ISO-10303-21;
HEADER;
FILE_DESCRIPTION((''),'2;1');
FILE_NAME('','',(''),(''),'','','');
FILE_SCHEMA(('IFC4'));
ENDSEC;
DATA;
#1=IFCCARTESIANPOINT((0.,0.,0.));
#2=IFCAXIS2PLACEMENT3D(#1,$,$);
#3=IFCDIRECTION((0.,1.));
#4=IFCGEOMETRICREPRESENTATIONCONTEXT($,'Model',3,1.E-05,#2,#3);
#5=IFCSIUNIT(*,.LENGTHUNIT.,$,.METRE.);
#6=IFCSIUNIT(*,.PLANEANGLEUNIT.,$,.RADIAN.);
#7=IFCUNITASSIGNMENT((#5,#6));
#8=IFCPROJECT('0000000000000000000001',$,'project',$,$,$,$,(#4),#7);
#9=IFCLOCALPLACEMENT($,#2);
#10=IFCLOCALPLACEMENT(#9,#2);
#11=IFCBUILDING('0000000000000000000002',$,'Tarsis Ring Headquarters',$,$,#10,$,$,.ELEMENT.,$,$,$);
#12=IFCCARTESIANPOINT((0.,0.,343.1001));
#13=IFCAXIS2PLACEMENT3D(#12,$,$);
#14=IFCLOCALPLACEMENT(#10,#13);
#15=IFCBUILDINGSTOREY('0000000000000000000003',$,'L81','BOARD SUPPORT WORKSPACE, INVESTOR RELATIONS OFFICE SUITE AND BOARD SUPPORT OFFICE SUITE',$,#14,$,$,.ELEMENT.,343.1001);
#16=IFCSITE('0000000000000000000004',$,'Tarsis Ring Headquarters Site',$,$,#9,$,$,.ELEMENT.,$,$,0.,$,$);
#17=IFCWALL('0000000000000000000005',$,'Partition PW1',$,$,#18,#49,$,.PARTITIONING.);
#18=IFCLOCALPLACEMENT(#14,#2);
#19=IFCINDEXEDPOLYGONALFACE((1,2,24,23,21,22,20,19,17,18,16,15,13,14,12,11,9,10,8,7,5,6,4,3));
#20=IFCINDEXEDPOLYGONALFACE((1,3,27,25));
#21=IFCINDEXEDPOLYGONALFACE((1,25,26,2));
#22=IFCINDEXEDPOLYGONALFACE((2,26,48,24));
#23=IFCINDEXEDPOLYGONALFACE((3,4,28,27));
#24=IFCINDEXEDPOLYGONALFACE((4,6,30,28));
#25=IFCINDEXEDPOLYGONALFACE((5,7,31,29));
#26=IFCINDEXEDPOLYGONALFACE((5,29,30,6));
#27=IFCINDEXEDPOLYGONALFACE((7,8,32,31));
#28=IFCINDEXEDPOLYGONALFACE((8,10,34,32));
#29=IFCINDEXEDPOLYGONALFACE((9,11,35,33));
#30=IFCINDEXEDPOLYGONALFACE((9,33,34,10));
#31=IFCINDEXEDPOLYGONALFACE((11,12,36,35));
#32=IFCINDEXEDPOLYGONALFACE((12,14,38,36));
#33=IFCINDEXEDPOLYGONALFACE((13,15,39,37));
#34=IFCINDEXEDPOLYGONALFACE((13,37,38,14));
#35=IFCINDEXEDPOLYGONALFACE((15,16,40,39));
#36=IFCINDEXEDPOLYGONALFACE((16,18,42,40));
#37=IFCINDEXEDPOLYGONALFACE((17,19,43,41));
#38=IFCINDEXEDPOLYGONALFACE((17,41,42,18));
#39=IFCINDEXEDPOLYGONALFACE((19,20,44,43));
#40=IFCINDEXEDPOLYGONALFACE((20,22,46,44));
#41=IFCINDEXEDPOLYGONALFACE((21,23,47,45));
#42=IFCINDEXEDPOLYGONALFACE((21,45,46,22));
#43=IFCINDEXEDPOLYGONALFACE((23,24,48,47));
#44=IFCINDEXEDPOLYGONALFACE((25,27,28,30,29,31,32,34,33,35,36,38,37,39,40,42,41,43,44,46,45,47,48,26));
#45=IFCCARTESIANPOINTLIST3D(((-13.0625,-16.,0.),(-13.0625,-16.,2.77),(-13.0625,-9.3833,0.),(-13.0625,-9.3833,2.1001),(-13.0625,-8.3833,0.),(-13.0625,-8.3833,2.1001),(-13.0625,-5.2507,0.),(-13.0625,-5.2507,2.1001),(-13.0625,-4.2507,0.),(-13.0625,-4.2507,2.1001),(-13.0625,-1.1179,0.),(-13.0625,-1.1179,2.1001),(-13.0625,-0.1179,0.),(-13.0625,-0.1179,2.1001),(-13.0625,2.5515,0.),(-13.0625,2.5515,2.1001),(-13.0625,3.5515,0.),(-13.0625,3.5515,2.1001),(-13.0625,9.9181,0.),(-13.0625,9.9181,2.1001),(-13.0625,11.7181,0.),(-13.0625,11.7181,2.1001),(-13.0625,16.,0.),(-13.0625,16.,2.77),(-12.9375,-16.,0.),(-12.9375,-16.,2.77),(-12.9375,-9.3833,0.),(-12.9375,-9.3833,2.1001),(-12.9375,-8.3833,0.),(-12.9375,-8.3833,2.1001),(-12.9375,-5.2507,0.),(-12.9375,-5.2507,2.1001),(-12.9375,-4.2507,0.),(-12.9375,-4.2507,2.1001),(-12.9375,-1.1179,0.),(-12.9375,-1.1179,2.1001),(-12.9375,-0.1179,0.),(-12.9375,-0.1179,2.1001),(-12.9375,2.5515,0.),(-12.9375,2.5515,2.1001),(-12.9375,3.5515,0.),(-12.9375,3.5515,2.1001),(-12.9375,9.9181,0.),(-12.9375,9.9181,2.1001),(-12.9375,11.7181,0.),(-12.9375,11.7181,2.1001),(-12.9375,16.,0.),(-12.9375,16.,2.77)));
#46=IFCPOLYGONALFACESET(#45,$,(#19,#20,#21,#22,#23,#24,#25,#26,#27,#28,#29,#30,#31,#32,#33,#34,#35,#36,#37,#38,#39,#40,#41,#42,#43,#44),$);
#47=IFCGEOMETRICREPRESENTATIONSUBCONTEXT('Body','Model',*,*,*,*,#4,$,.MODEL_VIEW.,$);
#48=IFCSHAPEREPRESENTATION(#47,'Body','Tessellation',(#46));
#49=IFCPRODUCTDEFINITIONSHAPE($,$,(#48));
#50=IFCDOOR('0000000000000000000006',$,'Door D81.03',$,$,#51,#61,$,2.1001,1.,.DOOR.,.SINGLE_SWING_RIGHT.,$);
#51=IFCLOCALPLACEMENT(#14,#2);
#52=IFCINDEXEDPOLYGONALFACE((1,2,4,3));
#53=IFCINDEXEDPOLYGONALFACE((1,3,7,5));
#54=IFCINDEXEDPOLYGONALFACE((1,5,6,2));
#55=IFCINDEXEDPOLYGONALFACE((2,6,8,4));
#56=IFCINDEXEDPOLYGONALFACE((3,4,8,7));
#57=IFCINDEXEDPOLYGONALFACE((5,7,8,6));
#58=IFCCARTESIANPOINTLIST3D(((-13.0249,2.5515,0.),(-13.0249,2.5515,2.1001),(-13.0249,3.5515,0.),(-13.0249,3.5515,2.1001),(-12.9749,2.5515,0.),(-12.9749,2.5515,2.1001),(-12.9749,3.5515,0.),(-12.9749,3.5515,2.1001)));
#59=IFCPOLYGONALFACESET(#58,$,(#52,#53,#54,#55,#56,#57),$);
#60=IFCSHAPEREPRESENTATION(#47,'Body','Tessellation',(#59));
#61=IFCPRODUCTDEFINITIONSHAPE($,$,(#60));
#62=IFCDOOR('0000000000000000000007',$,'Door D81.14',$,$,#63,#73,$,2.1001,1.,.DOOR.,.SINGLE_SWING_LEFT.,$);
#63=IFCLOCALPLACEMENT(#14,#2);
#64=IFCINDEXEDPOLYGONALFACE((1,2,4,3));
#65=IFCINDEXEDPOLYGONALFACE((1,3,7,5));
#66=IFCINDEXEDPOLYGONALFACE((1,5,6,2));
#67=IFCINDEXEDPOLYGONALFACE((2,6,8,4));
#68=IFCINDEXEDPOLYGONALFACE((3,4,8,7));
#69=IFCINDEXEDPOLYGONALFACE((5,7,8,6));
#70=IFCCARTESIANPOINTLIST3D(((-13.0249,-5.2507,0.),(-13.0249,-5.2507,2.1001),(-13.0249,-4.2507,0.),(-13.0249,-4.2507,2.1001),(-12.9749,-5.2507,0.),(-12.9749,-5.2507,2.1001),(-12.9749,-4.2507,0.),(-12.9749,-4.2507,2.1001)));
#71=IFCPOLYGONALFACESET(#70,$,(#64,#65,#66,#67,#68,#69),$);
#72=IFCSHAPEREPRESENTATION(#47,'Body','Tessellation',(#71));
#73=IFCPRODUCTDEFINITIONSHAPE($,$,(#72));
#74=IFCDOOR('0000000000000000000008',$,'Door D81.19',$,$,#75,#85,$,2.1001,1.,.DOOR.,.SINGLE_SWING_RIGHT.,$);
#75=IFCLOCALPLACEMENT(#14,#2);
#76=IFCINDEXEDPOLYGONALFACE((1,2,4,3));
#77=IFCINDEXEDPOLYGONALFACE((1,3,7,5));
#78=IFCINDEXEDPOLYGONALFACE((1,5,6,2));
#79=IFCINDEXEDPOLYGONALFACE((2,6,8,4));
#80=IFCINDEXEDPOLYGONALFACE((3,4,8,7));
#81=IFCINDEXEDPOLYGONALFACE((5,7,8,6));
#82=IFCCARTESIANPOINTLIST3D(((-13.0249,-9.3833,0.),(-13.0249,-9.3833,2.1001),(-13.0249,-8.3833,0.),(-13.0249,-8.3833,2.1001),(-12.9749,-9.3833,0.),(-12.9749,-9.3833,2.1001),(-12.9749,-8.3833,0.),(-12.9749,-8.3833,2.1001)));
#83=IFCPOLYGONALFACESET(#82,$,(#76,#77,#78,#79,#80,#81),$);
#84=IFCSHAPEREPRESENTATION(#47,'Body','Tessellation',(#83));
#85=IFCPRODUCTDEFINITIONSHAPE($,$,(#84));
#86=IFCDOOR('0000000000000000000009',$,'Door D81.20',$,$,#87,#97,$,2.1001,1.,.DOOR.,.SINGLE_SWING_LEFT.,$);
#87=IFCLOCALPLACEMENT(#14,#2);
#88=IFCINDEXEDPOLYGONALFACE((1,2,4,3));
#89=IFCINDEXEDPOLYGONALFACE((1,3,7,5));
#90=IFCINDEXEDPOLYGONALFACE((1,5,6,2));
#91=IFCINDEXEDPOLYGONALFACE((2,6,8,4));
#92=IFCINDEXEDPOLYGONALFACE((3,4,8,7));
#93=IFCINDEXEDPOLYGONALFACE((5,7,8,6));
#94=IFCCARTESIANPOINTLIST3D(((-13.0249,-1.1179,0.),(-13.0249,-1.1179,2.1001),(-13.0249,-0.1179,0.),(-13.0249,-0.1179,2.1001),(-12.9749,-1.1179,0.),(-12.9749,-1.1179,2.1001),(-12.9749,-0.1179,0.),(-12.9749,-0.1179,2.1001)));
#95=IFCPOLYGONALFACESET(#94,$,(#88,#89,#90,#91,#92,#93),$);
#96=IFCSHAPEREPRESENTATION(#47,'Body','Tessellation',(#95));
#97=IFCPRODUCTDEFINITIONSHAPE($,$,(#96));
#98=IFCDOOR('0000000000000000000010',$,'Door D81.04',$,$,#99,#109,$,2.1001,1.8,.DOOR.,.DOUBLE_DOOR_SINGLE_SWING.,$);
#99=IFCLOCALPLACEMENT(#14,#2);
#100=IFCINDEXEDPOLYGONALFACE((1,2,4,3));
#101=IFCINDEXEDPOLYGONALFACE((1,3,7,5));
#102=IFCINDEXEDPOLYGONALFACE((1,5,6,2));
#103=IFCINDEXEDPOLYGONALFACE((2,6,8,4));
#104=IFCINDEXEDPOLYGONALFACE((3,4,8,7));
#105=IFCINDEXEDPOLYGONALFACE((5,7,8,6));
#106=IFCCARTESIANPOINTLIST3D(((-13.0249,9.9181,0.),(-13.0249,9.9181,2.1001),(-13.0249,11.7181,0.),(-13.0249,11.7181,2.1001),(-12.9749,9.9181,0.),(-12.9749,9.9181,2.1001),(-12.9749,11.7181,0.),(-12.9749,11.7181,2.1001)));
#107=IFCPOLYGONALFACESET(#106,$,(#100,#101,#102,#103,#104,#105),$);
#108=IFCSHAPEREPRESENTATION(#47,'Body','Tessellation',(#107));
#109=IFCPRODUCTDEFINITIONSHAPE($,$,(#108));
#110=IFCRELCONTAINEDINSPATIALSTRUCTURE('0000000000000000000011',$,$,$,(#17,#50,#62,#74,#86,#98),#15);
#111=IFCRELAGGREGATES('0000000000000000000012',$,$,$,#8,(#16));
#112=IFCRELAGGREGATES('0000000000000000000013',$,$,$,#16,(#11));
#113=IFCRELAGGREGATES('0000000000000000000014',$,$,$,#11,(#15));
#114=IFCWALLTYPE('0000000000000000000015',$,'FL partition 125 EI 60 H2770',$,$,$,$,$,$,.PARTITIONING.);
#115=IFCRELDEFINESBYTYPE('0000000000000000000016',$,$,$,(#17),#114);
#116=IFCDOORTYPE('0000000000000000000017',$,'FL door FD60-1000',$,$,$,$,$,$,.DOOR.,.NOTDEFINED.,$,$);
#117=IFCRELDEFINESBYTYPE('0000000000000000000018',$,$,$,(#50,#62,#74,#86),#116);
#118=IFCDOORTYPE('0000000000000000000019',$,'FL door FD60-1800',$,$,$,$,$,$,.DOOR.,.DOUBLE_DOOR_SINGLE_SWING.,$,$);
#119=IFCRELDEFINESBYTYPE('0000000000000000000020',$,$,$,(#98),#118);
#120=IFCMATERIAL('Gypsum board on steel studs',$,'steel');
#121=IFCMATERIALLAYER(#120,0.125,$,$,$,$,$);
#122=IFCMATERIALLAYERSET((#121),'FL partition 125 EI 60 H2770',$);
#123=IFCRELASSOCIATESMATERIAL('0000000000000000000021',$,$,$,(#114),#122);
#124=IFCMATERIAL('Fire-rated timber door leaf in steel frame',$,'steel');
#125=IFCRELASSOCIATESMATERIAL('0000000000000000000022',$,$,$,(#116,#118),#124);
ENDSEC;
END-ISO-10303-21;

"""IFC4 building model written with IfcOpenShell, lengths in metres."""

from ifc_helpers import new_model, si_unit, direction, frame, frame_2d, origin, place, context, subcontext, project, spatial, rectangle, extrude, material, layer, layer_set, type_object, element, fill, save


model = new_model("IFC4")

# Units and contexts
model_context = context("Model", 3, precision=1e-05, world=origin(), true_north=direction((0.0, 1.0)))
body_context = subcontext(model_context, "Body", "Model", "MODEL_VIEW")
ifc_project = project(units=[si_unit("LENGTHUNIT", "METRE"), si_unit("PLANEANGLEUNIT", "RADIAN")], contexts=[model_context])

# Site, building, storey
site_placement = place(None, origin())
site = spatial("IfcSite", under=ifc_project, at=site_placement, Name="Tarsis Ring Headquarters Site", CompositionType="ELEMENT", RefElevation=0.0)
building_placement = place(site_placement, origin())
building = spatial("IfcBuilding", under=site, at=building_placement, Name="Tarsis Ring Headquarters", CompositionType="ELEMENT")
storey_placement = place(building_placement, frame((0.0, 0.0, 343.1001)))
storey = spatial("IfcBuildingStorey", under=building, at=storey_placement, Name="L81", Description="BOARD SUPPORT WORKSPACE, INVESTOR RELATIONS OFFICE SUITE AND BOARD SUPPORT OFFICE SUITE", CompositionType="ELEMENT", Elevation=343.1001)

# Wall, openings, doors
ifc_material_1 = material(Name="Gypsum board on steel studs", Category="steel")
ifc_layer = layer(ifc_material_1, 0.125)
ifc_layer_set = layer_set([ifc_layer], Name="FL partition 125 EI 60 H2770")
wall_type = type_object("IfcWallType", Name="FL partition 125 EI 60 H2770", PredefinedType="PARTITIONING", material=ifc_layer_set)
wall_1_placement = place(storey_placement, frame((-13.0, -16.0, 0.0), z_axis=(0.0, 0.0, 1.0), x_axis=(0.0, 1.0, 0.0)))
wall_1 = element("IfcWall", 1, at=wall_1_placement, inside=storey, type_object=wall_type, Name="Partition PW1", PredefinedType="PARTITIONING", context=body_context, shape_type="SweptSolid", body=[
    extrude(rectangle(XDim=32.0, YDim=0.125, at=frame_2d((16.0, 0.0))), origin(), (0.0, 0.0, 1.0), 2.77),
])
opening_1_placement = place(wall_1_placement, frame((18.5515, 0.0, 0.0)))
opening_1 = element("IfcOpeningElement", 2, at=opening_1_placement, cuts=wall_1, PredefinedType="OPENING", context=body_context, shape_type="SweptSolid", body=[
    extrude(rectangle(XDim=1.0, YDim=2.1001, at=frame_2d((0.5, 1.05))), frame((0.0, 0.0725, 0.0), z_axis=(0.0, -1.0, 0.0), x_axis=(1.0, 0.0, 0.0)), (0.0, 0.0, 1.0), 0.145),
])
opening_2_placement = place(wall_1_placement, frame((25.9182, 0.0, 0.0)))
opening_2 = element("IfcOpeningElement", 3, at=opening_2_placement, cuts=wall_1, PredefinedType="OPENING", context=body_context, shape_type="SweptSolid", body=[
    extrude(rectangle(XDim=1.8, YDim=2.1001, at=frame_2d((0.8999, 1.05))), frame((0.0, 0.0725, 0.0), z_axis=(0.0, -1.0, 0.0), x_axis=(1.0, 0.0, 0.0)), (0.0, 0.0, 1.0), 0.145),
])
opening_3_placement = place(wall_1_placement, frame((10.7493, 0.0, 0.0)))
opening_3 = element("IfcOpeningElement", 4, at=opening_3_placement, cuts=wall_1, PredefinedType="OPENING", context=body_context, shape_type="SweptSolid", body=[
    extrude(rectangle(XDim=1.0, YDim=2.1001, at=frame_2d((0.5, 1.05))), frame((0.0, 0.0725, 0.0), z_axis=(0.0, -1.0, 0.0), x_axis=(1.0, 0.0, 0.0)), (0.0, 0.0, 1.0), 0.145),
])
opening_4_placement = place(wall_1_placement, frame((6.6167, 0.0, 0.0)))
opening_4 = element("IfcOpeningElement", 5, at=opening_4_placement, cuts=wall_1, PredefinedType="OPENING", context=body_context, shape_type="SweptSolid", body=[
    extrude(rectangle(XDim=1.0, YDim=2.1001, at=frame_2d((0.5, 1.05))), frame((0.0, 0.0725, 0.0), z_axis=(0.0, -1.0, 0.0), x_axis=(1.0, 0.0, 0.0)), (0.0, 0.0, 1.0), 0.145),
])
opening_5_placement = place(wall_1_placement, frame((14.8821, 0.0, 0.0)))
opening_5 = element("IfcOpeningElement", 6, at=opening_5_placement, cuts=wall_1, PredefinedType="OPENING", context=body_context, shape_type="SweptSolid", body=[
    extrude(rectangle(XDim=1.0, YDim=2.1001, at=frame_2d((0.5, 1.05))), frame((0.0, 0.0725, 0.0), z_axis=(0.0, -1.0, 0.0), x_axis=(1.0, 0.0, 0.0)), (0.0, 0.0, 1.0), 0.145),
])
ifc_material_2 = material(Name="Fire-rated timber door leaf in steel frame", Category="steel")
door_type_1 = type_object("IfcDoorType", Name="FL door FD60-1000", OperationType="NOTDEFINED", PredefinedType="DOOR", material=ifc_material_2)
door_1_placement = place(opening_1_placement, origin())
door_1 = element("IfcDoor", 7, at=door_1_placement, inside=storey, type_object=door_type_1, Name="Door D81.03", OperationType="SINGLE_SWING_RIGHT", OverallHeight=2.1001, OverallWidth=1.0, PredefinedType="DOOR", context=body_context, shape_type="SweptSolid", body=[
    extrude(rectangle(XDim=1.0, YDim=2.1001, at=frame_2d((0.5, 1.05))), frame((0.0, 0.0249, 0.0), z_axis=(0.0, -1.0, 0.0), x_axis=(1.0, 0.0, 0.0)), (0.0, 0.0, 1.0), 0.05),
])
fill(opening_1, door_1)
door_2_placement = place(opening_3_placement, origin())
door_2 = element("IfcDoor", 8, at=door_2_placement, inside=storey, type_object=door_type_1, Name="Door D81.14", OperationType="SINGLE_SWING_LEFT", OverallHeight=2.1001, OverallWidth=1.0, PredefinedType="DOOR", context=body_context, shape_type="SweptSolid", body=[
    extrude(rectangle(XDim=1.0, YDim=2.1001, at=frame_2d((0.5, 1.05))), frame((0.0, 0.0249, 0.0), z_axis=(0.0, -1.0, 0.0), x_axis=(1.0, 0.0, 0.0)), (0.0, 0.0, 1.0), 0.05),
])
fill(opening_3, door_2)
door_3_placement = place(opening_4_placement, origin())
door_3 = element("IfcDoor", 9, at=door_3_placement, inside=storey, type_object=door_type_1, Name="Door D81.19", OperationType="SINGLE_SWING_RIGHT", OverallHeight=2.1001, OverallWidth=1.0, PredefinedType="DOOR", context=body_context, shape_type="SweptSolid", body=[
    extrude(rectangle(XDim=1.0, YDim=2.1001, at=frame_2d((0.5, 1.05))), frame((0.0, 0.0249, 0.0), z_axis=(0.0, -1.0, 0.0), x_axis=(1.0, 0.0, 0.0)), (0.0, 0.0, 1.0), 0.05),
])
fill(opening_4, door_3)
door_4_placement = place(opening_5_placement, origin())
door_4 = element("IfcDoor", 10, at=door_4_placement, inside=storey, type_object=door_type_1, Name="Door D81.20", OperationType="SINGLE_SWING_LEFT", OverallHeight=2.1001, OverallWidth=1.0, PredefinedType="DOOR", context=body_context, shape_type="SweptSolid", body=[
    extrude(rectangle(XDim=1.0, YDim=2.1001, at=frame_2d((0.5, 1.05))), frame((0.0, 0.0249, 0.0), z_axis=(0.0, -1.0, 0.0), x_axis=(1.0, 0.0, 0.0)), (0.0, 0.0, 1.0), 0.05),
])
fill(opening_5, door_4)
door_type_2 = type_object("IfcDoorType", Name="FL door FD60-1800", OperationType="DOUBLE_DOOR_SINGLE_SWING", PredefinedType="DOOR", material=ifc_material_2)
door_5_placement = place(opening_2_placement, origin())
door_5 = element("IfcDoor", 11, at=door_5_placement, inside=storey, type_object=door_type_2, Name="Door D81.04", OperationType="DOUBLE_DOOR_SINGLE_SWING", OverallHeight=2.1001, OverallWidth=1.8, PredefinedType="DOOR", context=body_context, shape_type="SweptSolid", body=[
    extrude(rectangle(XDim=1.8, YDim=2.1001, at=frame_2d((0.8999, 1.05))), frame((0.0, 0.0249, 0.0), z_axis=(0.0, -1.0, 0.0), x_axis=(1.0, 0.0, 0.0)), (0.0, 0.0, 1.0), 0.05),
])
fill(opening_2, door_5)

save(model, "model.ifc")
